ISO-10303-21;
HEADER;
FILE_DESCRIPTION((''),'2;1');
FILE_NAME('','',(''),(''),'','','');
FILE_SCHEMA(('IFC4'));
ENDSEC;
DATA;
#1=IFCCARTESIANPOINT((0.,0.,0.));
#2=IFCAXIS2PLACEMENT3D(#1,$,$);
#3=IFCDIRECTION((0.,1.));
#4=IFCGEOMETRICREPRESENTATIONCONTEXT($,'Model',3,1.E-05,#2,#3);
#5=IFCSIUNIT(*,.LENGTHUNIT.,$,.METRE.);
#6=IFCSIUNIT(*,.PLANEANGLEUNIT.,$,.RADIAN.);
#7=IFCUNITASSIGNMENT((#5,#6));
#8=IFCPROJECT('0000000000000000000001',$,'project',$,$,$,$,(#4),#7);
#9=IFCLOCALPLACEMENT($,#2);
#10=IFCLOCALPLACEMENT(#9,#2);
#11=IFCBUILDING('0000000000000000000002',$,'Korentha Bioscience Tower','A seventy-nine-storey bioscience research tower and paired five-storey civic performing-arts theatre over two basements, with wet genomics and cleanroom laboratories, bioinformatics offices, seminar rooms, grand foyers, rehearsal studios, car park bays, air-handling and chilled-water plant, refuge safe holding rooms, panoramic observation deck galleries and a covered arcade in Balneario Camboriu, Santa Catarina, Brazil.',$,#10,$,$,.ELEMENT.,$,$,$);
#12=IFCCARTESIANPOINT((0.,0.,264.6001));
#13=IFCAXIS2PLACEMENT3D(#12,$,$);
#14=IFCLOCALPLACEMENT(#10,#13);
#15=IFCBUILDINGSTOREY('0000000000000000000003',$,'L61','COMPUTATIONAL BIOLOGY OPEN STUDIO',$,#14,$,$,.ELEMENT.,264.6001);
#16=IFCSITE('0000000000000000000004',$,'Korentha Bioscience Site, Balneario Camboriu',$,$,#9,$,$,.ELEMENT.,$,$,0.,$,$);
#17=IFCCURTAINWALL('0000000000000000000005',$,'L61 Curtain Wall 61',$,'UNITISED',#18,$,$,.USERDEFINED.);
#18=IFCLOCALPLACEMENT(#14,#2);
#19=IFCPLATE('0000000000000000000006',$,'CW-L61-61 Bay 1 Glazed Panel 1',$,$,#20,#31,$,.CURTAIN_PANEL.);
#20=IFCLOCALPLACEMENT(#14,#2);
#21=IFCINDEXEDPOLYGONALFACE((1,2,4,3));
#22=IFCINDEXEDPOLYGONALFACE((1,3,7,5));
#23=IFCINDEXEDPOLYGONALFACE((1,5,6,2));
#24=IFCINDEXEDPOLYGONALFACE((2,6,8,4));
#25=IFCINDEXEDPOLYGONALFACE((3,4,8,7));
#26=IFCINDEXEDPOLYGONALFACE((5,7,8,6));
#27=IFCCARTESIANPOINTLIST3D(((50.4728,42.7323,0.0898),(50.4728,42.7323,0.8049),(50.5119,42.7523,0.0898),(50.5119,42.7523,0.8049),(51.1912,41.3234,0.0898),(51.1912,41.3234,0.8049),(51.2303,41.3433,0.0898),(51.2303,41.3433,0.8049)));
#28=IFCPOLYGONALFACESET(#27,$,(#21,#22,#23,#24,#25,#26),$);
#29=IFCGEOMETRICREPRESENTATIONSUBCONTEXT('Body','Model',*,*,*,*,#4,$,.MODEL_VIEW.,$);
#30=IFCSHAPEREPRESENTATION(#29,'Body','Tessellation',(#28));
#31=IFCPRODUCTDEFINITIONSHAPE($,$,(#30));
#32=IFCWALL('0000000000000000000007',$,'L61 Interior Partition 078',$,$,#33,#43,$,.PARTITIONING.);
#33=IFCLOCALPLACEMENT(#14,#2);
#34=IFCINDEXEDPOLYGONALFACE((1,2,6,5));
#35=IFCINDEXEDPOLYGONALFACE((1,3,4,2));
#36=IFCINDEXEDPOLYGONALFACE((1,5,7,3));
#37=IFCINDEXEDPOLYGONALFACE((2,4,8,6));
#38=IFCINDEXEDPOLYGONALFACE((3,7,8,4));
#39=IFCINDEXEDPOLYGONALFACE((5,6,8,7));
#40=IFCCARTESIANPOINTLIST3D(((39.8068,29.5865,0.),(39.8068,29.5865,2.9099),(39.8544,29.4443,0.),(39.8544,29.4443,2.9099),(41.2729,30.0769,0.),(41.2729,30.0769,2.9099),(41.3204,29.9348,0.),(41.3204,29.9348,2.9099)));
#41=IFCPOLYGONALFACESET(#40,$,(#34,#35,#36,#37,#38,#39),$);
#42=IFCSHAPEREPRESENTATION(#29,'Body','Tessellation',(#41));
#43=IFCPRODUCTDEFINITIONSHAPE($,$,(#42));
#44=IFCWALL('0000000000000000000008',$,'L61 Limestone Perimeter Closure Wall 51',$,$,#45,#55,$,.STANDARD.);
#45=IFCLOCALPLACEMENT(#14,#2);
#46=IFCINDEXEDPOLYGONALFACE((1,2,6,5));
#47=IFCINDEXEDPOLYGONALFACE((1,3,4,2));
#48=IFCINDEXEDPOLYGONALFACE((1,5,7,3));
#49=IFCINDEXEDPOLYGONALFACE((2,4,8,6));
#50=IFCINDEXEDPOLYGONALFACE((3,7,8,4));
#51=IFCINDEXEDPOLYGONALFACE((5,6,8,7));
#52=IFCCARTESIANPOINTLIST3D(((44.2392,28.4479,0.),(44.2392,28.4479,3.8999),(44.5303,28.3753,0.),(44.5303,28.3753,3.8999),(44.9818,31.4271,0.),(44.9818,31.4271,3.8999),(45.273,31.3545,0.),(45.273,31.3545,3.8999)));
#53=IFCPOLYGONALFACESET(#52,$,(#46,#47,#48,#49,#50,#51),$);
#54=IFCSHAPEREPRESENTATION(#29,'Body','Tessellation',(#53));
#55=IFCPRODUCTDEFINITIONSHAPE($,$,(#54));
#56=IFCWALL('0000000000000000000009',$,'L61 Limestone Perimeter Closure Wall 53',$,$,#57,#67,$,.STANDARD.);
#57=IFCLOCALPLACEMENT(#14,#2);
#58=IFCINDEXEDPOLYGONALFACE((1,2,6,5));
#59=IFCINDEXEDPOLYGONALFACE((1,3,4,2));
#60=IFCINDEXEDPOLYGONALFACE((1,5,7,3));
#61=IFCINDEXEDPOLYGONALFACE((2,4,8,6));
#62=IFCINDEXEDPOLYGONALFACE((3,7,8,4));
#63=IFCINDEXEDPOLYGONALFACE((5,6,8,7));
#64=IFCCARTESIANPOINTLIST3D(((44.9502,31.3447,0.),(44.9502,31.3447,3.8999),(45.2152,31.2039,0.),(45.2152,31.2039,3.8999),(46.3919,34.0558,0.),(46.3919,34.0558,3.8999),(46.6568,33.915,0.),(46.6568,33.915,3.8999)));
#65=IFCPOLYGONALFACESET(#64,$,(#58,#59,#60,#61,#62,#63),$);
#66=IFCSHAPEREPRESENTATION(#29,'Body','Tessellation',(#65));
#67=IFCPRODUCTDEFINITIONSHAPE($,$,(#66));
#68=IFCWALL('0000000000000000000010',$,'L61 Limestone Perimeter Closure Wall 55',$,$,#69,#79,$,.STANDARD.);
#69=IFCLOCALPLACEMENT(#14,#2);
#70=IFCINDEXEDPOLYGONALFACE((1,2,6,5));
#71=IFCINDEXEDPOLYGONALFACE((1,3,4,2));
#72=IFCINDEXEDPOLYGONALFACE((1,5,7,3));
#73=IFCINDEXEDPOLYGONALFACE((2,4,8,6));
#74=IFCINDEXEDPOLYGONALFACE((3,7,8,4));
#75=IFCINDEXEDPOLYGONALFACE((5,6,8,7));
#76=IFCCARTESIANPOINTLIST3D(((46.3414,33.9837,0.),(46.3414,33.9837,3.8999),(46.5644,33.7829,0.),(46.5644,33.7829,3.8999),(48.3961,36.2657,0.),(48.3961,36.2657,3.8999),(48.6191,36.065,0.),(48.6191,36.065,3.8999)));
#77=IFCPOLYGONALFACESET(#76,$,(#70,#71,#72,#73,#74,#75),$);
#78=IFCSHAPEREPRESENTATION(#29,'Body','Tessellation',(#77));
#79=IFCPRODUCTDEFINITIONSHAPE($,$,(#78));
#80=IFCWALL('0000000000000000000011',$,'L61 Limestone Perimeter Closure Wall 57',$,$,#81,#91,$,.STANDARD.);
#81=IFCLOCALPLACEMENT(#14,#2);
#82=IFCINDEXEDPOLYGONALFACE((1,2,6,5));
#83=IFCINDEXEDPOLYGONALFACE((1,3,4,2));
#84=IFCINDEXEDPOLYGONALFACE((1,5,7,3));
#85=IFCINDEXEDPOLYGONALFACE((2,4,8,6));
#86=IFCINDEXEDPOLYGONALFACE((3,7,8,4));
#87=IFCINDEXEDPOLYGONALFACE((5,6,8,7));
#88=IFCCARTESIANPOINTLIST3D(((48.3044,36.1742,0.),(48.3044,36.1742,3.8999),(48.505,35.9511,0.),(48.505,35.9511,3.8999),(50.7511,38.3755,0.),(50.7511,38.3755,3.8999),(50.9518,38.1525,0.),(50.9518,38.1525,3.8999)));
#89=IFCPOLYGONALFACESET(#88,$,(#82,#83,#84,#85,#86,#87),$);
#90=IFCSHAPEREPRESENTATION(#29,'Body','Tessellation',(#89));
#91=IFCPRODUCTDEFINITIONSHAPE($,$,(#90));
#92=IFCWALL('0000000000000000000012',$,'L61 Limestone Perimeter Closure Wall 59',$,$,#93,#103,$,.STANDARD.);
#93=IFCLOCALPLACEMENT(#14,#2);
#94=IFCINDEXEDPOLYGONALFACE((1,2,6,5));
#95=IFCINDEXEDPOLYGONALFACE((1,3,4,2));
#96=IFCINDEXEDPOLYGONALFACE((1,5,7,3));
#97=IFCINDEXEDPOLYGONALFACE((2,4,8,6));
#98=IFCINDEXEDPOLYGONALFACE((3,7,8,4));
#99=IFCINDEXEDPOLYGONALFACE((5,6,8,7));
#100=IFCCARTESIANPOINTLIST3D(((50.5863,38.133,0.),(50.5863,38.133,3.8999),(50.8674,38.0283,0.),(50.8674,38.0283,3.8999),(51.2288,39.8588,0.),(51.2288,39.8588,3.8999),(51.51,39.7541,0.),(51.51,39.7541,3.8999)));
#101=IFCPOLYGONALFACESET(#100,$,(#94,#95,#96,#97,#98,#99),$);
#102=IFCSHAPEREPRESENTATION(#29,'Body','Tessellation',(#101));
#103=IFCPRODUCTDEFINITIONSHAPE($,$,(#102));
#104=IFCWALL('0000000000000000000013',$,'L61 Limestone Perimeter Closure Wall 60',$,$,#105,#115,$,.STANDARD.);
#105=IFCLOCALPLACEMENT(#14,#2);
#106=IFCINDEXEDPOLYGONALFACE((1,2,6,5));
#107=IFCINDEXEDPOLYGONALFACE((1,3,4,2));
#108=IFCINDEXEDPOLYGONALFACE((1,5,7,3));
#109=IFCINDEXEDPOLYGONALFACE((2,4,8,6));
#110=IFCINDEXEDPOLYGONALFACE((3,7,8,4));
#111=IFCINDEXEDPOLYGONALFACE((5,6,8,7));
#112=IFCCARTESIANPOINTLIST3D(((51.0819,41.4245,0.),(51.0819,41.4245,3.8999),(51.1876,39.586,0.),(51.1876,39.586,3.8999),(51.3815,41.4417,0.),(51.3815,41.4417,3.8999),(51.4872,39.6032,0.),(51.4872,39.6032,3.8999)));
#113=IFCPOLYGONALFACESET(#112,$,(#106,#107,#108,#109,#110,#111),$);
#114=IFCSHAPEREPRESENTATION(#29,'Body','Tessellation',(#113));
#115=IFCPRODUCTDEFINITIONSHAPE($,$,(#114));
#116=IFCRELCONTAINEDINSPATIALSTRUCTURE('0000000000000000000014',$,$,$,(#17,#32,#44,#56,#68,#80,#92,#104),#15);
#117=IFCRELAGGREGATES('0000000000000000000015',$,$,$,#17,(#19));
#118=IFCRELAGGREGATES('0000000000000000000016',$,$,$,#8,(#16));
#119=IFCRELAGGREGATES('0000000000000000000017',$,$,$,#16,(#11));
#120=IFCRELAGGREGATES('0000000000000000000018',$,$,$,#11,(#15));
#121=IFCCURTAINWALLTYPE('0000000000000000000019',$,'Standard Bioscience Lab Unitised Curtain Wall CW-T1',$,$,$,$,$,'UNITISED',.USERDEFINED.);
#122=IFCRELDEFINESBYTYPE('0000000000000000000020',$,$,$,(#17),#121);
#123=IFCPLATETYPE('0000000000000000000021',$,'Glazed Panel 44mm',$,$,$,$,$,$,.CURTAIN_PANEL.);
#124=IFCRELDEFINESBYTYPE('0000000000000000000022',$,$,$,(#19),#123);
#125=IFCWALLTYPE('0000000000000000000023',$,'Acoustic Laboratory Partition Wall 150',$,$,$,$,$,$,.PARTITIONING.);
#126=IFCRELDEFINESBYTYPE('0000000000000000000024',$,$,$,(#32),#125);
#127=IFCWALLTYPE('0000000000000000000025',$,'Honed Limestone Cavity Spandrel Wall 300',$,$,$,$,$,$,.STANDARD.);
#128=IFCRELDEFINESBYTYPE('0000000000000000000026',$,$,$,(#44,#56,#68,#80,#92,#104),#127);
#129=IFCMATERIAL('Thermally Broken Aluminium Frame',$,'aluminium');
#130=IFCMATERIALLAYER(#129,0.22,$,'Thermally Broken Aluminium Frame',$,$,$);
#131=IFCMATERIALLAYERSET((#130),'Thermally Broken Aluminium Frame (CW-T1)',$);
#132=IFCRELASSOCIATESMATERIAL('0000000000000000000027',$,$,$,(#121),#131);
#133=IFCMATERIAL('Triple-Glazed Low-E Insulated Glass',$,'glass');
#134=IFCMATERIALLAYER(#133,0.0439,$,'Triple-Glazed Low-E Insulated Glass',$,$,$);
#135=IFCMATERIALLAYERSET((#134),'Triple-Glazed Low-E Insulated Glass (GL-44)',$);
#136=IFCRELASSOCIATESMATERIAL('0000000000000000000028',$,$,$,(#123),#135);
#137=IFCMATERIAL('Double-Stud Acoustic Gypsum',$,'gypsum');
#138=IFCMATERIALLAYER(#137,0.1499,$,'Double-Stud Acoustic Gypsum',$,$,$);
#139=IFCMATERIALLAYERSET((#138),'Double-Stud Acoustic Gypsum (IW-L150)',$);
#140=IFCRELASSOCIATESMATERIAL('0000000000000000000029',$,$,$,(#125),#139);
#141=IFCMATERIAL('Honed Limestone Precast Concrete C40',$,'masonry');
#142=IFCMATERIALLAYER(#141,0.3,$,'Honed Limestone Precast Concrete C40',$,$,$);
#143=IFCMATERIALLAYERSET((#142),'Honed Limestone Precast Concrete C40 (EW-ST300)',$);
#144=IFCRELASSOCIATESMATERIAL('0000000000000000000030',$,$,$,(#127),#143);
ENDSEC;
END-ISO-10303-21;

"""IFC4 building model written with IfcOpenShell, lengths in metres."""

from ifc_helpers import new_model, si_unit, direction, frame, frame_2d, origin, origin_2d, place, context, subcontext, project, spatial, rectangle, extrude, material, layer, layer_set, type_object, element, aggregate, save


model = new_model("IFC4")

# Units and contexts
model_context = context("Model", 3, precision=1e-05, world=origin(), true_north=direction((0.0, 1.0)))
body_context = subcontext(model_context, "Body", "Model", "MODEL_VIEW")
ifc_project = project(units=[si_unit("LENGTHUNIT", "METRE"), si_unit("PLANEANGLEUNIT", "RADIAN")], contexts=[model_context])

# Site, building, storey
site_placement = place(None, origin())
site = spatial("IfcSite", under=ifc_project, at=site_placement, Name="Korentha Bioscience Site, Balneario Camboriu", CompositionType="ELEMENT", RefElevation=0.0)
building_placement = place(site_placement, origin())
building = spatial("IfcBuilding", under=site, at=building_placement, Name="Korentha Bioscience Tower", Description="A seventy-nine-storey bioscience research tower and paired five-storey civic performing-arts theatre over two basements, with wet genomics and cleanroom laboratories, bioinformatics offices, seminar rooms, grand foyers, rehearsal studios, car park bays, air-handling and chilled-water plant, refuge safe holding rooms, panoramic observation deck galleries and a covered arcade in Balneario Camboriu, Santa Catarina, Brazil.", CompositionType="ELEMENT")
storey_placement = place(building_placement, frame((0.0, 0.0, 264.6001)))
storey = spatial("IfcBuildingStorey", under=building, at=storey_placement, Name="L61", Description="COMPUTATIONAL BIOLOGY OPEN STUDIO", CompositionType="ELEMENT", Elevation=264.6001)

# Curtain wall
ifc_material_1 = material(Name="Thermally Broken Aluminium Frame", Category="aluminium")
ifc_layer_1 = layer(ifc_material_1, 0.22, Name="Thermally Broken Aluminium Frame")
ifc_layer_set_1 = layer_set([ifc_layer_1], Name="Thermally Broken Aluminium Frame (CW-T1)")
curtain_wall_type = type_object("IfcCurtainWallType", Name="Standard Bioscience Lab Unitised Curtain Wall CW-T1", ElementType="UNITISED", PredefinedType="USERDEFINED", material=ifc_layer_set_1)
curtain_wall_placement = place(storey_placement, origin())
curtain_wall = element("IfcCurtainWall", 1, at=curtain_wall_placement, inside=storey, type_object=curtain_wall_type, Name="L61 Curtain Wall 61", ObjectType="UNITISED", PredefinedType="USERDEFINED")

# Plate
ifc_material_2 = material(Name="Triple-Glazed Low-E Insulated Glass", Category="glass")
ifc_layer_2 = layer(ifc_material_2, 0.0439, Name="Triple-Glazed Low-E Insulated Glass")
ifc_layer_set_2 = layer_set([ifc_layer_2], Name="Triple-Glazed Low-E Insulated Glass (GL-44)")
plate_type = type_object("IfcPlateType", Name="Glazed Panel 44mm", PredefinedType="CURTAIN_PANEL", material=ifc_layer_set_2)
plate_placement = place(storey_placement, frame((50.8516, 42.0378, 0.0898), z_axis=(0.0, 0.0, 1.0), x_axis=(-0.454239, 0.89088, 0.0)))
plate = element("IfcPlate", 2, at=plate_placement, type_object=plate_type, Name="CW-L61-61 Bay 1 Glazed Panel 1", PredefinedType="CURTAIN_PANEL", context=body_context, shape_type="SweptSolid", body=[
    extrude(rectangle(XDim=1.5815, YDim=0.0439, at=origin_2d()), origin(), (0.0, 0.0, 1.0), 0.7151),
])
aggregate(curtain_wall, [plate])

# Walls
ifc_material_3 = material(Name="Double-Stud Acoustic Gypsum", Category="gypsum")
ifc_layer_3 = layer(ifc_material_3, 0.1499, Name="Double-Stud Acoustic Gypsum")
ifc_layer_set_3 = layer_set([ifc_layer_3], Name="Double-Stud Acoustic Gypsum (IW-L150)")
wall_type_1 = type_object("IfcWallType", Name="Acoustic Laboratory Partition Wall 150", PredefinedType="PARTITIONING", material=ifc_layer_set_3)
wall_1_placement = place(storey_placement, frame((41.2966, 30.0059, 0.0), z_axis=(0.0, 0.0, 1.0), x_axis=(-0.948335, -0.31727, 0.0)))
element("IfcWall", 3, at=wall_1_placement, inside=storey, type_object=wall_type_1, Name="L61 Interior Partition 078", PredefinedType="PARTITIONING", context=body_context, shape_type="SweptSolid", body=[
    extrude(rectangle(XDim=1.5459, YDim=0.1499, at=frame_2d((0.7729, 0.0))), origin(), (0.0, 0.0, 1.0), 2.9099),
])
ifc_material_4 = material(Name="Honed Limestone Precast Concrete C40", Category="masonry")
ifc_layer_4 = layer(ifc_material_4, 0.3, Name="Honed Limestone Precast Concrete C40")
ifc_layer_set_4 = layer_set([ifc_layer_4], Name="Honed Limestone Precast Concrete C40 (EW-ST300)")
wall_type_2 = type_object("IfcWallType", Name="Honed Limestone Cavity Spandrel Wall 300", PredefinedType="STANDARD", material=ifc_layer_set_4)
wall_2_placement = place(storey_placement, frame((44.3848, 28.4116, 0.0), z_axis=(0.0, 0.0, 1.0), x_axis=(0.241881, 0.970306, 0.0)))
element("IfcWall", 4, at=wall_2_placement, inside=storey, type_object=wall_type_2, Name="L61 Limestone Perimeter Closure Wall 51", PredefinedType="STANDARD", context=body_context, shape_type="SweptSolid", body=[
    extrude(rectangle(XDim=3.0703, YDim=0.3, at=frame_2d((1.5352, 0.0))), origin(), (0.0, 0.0, 1.0), 3.8999),
])
wall_3_placement = place(storey_placement, frame((45.0828, 31.2744, 0.0), z_axis=(0.0, 0.0, 1.0), x_axis=(0.469494, 0.882936, 0.0)))
element("IfcWall", 5, at=wall_3_placement, inside=storey, type_object=wall_type_2, Name="L61 Limestone Perimeter Closure Wall 53", PredefinedType="STANDARD", context=body_context, shape_type="SweptSolid", body=[
    extrude(rectangle(XDim=3.0706, YDim=0.3, at=frame_2d((1.5352, 0.0))), origin(), (0.0, 0.0, 1.0), 3.8999),
])
wall_4_placement = place(storey_placement, frame((46.4529, 33.8833, 0.0), z_axis=(0.0, 0.0, 1.0), x_axis=(0.669127, 0.743148, 0.0)))
element("IfcWall", 6, at=wall_4_placement, inside=storey, type_object=wall_type_2, Name="L61 Limestone Perimeter Closure Wall 55", PredefinedType="STANDARD", context=body_context, shape_type="SweptSolid", body=[
    extrude(rectangle(XDim=3.0708, YDim=0.3, at=frame_2d((1.5354, 0.0))), origin(), (0.0, 0.0, 1.0), 3.8999),
])
wall_5_placement = place(storey_placement, frame((48.4048, 36.0627, 0.0), z_axis=(0.0, 0.0, 1.0), x_axis=(0.743397, 0.66885, 0.0)))
element("IfcWall", 7, at=wall_5_placement, inside=storey, type_object=wall_type_2, Name="L61 Limestone Perimeter Closure Wall 57", PredefinedType="STANDARD", context=body_context, shape_type="SweptSolid", body=[
    extrude(rectangle(XDim=3.2913, YDim=0.3, at=frame_2d((1.6455, 0.0))), origin(), (0.0, 0.0, 1.0), 3.8999),
])
for number, where, z_axis, x_axis, name in (
    (8, (50.7268, 38.0806, 0.0), (0.0, 0.0, 1.0), (0.348929, 0.937149, 0.0), "L61 Limestone Perimeter Closure Wall 59"),
    (9, (51.3374, 39.5945, 0.0), (0.0, 0.0, 1.0), (-0.057401, 0.998351, 0.0), "L61 Limestone Perimeter Closure Wall 60"),
):
    element("IfcWall", number, at=place(storey_placement, frame(where, z_axis=z_axis, x_axis=x_axis)), inside=storey, type_object=wall_type_2, Name=name, PredefinedType="STANDARD", context=body_context, shape_type="SweptSolid", body=[
        extrude(rectangle(XDim=1.8416, YDim=0.3, at=frame_2d((0.9209, 0.0))), origin(), (0.0, 0.0, 1.0), 3.8999),
    ])

save(model, "model.ifc")
